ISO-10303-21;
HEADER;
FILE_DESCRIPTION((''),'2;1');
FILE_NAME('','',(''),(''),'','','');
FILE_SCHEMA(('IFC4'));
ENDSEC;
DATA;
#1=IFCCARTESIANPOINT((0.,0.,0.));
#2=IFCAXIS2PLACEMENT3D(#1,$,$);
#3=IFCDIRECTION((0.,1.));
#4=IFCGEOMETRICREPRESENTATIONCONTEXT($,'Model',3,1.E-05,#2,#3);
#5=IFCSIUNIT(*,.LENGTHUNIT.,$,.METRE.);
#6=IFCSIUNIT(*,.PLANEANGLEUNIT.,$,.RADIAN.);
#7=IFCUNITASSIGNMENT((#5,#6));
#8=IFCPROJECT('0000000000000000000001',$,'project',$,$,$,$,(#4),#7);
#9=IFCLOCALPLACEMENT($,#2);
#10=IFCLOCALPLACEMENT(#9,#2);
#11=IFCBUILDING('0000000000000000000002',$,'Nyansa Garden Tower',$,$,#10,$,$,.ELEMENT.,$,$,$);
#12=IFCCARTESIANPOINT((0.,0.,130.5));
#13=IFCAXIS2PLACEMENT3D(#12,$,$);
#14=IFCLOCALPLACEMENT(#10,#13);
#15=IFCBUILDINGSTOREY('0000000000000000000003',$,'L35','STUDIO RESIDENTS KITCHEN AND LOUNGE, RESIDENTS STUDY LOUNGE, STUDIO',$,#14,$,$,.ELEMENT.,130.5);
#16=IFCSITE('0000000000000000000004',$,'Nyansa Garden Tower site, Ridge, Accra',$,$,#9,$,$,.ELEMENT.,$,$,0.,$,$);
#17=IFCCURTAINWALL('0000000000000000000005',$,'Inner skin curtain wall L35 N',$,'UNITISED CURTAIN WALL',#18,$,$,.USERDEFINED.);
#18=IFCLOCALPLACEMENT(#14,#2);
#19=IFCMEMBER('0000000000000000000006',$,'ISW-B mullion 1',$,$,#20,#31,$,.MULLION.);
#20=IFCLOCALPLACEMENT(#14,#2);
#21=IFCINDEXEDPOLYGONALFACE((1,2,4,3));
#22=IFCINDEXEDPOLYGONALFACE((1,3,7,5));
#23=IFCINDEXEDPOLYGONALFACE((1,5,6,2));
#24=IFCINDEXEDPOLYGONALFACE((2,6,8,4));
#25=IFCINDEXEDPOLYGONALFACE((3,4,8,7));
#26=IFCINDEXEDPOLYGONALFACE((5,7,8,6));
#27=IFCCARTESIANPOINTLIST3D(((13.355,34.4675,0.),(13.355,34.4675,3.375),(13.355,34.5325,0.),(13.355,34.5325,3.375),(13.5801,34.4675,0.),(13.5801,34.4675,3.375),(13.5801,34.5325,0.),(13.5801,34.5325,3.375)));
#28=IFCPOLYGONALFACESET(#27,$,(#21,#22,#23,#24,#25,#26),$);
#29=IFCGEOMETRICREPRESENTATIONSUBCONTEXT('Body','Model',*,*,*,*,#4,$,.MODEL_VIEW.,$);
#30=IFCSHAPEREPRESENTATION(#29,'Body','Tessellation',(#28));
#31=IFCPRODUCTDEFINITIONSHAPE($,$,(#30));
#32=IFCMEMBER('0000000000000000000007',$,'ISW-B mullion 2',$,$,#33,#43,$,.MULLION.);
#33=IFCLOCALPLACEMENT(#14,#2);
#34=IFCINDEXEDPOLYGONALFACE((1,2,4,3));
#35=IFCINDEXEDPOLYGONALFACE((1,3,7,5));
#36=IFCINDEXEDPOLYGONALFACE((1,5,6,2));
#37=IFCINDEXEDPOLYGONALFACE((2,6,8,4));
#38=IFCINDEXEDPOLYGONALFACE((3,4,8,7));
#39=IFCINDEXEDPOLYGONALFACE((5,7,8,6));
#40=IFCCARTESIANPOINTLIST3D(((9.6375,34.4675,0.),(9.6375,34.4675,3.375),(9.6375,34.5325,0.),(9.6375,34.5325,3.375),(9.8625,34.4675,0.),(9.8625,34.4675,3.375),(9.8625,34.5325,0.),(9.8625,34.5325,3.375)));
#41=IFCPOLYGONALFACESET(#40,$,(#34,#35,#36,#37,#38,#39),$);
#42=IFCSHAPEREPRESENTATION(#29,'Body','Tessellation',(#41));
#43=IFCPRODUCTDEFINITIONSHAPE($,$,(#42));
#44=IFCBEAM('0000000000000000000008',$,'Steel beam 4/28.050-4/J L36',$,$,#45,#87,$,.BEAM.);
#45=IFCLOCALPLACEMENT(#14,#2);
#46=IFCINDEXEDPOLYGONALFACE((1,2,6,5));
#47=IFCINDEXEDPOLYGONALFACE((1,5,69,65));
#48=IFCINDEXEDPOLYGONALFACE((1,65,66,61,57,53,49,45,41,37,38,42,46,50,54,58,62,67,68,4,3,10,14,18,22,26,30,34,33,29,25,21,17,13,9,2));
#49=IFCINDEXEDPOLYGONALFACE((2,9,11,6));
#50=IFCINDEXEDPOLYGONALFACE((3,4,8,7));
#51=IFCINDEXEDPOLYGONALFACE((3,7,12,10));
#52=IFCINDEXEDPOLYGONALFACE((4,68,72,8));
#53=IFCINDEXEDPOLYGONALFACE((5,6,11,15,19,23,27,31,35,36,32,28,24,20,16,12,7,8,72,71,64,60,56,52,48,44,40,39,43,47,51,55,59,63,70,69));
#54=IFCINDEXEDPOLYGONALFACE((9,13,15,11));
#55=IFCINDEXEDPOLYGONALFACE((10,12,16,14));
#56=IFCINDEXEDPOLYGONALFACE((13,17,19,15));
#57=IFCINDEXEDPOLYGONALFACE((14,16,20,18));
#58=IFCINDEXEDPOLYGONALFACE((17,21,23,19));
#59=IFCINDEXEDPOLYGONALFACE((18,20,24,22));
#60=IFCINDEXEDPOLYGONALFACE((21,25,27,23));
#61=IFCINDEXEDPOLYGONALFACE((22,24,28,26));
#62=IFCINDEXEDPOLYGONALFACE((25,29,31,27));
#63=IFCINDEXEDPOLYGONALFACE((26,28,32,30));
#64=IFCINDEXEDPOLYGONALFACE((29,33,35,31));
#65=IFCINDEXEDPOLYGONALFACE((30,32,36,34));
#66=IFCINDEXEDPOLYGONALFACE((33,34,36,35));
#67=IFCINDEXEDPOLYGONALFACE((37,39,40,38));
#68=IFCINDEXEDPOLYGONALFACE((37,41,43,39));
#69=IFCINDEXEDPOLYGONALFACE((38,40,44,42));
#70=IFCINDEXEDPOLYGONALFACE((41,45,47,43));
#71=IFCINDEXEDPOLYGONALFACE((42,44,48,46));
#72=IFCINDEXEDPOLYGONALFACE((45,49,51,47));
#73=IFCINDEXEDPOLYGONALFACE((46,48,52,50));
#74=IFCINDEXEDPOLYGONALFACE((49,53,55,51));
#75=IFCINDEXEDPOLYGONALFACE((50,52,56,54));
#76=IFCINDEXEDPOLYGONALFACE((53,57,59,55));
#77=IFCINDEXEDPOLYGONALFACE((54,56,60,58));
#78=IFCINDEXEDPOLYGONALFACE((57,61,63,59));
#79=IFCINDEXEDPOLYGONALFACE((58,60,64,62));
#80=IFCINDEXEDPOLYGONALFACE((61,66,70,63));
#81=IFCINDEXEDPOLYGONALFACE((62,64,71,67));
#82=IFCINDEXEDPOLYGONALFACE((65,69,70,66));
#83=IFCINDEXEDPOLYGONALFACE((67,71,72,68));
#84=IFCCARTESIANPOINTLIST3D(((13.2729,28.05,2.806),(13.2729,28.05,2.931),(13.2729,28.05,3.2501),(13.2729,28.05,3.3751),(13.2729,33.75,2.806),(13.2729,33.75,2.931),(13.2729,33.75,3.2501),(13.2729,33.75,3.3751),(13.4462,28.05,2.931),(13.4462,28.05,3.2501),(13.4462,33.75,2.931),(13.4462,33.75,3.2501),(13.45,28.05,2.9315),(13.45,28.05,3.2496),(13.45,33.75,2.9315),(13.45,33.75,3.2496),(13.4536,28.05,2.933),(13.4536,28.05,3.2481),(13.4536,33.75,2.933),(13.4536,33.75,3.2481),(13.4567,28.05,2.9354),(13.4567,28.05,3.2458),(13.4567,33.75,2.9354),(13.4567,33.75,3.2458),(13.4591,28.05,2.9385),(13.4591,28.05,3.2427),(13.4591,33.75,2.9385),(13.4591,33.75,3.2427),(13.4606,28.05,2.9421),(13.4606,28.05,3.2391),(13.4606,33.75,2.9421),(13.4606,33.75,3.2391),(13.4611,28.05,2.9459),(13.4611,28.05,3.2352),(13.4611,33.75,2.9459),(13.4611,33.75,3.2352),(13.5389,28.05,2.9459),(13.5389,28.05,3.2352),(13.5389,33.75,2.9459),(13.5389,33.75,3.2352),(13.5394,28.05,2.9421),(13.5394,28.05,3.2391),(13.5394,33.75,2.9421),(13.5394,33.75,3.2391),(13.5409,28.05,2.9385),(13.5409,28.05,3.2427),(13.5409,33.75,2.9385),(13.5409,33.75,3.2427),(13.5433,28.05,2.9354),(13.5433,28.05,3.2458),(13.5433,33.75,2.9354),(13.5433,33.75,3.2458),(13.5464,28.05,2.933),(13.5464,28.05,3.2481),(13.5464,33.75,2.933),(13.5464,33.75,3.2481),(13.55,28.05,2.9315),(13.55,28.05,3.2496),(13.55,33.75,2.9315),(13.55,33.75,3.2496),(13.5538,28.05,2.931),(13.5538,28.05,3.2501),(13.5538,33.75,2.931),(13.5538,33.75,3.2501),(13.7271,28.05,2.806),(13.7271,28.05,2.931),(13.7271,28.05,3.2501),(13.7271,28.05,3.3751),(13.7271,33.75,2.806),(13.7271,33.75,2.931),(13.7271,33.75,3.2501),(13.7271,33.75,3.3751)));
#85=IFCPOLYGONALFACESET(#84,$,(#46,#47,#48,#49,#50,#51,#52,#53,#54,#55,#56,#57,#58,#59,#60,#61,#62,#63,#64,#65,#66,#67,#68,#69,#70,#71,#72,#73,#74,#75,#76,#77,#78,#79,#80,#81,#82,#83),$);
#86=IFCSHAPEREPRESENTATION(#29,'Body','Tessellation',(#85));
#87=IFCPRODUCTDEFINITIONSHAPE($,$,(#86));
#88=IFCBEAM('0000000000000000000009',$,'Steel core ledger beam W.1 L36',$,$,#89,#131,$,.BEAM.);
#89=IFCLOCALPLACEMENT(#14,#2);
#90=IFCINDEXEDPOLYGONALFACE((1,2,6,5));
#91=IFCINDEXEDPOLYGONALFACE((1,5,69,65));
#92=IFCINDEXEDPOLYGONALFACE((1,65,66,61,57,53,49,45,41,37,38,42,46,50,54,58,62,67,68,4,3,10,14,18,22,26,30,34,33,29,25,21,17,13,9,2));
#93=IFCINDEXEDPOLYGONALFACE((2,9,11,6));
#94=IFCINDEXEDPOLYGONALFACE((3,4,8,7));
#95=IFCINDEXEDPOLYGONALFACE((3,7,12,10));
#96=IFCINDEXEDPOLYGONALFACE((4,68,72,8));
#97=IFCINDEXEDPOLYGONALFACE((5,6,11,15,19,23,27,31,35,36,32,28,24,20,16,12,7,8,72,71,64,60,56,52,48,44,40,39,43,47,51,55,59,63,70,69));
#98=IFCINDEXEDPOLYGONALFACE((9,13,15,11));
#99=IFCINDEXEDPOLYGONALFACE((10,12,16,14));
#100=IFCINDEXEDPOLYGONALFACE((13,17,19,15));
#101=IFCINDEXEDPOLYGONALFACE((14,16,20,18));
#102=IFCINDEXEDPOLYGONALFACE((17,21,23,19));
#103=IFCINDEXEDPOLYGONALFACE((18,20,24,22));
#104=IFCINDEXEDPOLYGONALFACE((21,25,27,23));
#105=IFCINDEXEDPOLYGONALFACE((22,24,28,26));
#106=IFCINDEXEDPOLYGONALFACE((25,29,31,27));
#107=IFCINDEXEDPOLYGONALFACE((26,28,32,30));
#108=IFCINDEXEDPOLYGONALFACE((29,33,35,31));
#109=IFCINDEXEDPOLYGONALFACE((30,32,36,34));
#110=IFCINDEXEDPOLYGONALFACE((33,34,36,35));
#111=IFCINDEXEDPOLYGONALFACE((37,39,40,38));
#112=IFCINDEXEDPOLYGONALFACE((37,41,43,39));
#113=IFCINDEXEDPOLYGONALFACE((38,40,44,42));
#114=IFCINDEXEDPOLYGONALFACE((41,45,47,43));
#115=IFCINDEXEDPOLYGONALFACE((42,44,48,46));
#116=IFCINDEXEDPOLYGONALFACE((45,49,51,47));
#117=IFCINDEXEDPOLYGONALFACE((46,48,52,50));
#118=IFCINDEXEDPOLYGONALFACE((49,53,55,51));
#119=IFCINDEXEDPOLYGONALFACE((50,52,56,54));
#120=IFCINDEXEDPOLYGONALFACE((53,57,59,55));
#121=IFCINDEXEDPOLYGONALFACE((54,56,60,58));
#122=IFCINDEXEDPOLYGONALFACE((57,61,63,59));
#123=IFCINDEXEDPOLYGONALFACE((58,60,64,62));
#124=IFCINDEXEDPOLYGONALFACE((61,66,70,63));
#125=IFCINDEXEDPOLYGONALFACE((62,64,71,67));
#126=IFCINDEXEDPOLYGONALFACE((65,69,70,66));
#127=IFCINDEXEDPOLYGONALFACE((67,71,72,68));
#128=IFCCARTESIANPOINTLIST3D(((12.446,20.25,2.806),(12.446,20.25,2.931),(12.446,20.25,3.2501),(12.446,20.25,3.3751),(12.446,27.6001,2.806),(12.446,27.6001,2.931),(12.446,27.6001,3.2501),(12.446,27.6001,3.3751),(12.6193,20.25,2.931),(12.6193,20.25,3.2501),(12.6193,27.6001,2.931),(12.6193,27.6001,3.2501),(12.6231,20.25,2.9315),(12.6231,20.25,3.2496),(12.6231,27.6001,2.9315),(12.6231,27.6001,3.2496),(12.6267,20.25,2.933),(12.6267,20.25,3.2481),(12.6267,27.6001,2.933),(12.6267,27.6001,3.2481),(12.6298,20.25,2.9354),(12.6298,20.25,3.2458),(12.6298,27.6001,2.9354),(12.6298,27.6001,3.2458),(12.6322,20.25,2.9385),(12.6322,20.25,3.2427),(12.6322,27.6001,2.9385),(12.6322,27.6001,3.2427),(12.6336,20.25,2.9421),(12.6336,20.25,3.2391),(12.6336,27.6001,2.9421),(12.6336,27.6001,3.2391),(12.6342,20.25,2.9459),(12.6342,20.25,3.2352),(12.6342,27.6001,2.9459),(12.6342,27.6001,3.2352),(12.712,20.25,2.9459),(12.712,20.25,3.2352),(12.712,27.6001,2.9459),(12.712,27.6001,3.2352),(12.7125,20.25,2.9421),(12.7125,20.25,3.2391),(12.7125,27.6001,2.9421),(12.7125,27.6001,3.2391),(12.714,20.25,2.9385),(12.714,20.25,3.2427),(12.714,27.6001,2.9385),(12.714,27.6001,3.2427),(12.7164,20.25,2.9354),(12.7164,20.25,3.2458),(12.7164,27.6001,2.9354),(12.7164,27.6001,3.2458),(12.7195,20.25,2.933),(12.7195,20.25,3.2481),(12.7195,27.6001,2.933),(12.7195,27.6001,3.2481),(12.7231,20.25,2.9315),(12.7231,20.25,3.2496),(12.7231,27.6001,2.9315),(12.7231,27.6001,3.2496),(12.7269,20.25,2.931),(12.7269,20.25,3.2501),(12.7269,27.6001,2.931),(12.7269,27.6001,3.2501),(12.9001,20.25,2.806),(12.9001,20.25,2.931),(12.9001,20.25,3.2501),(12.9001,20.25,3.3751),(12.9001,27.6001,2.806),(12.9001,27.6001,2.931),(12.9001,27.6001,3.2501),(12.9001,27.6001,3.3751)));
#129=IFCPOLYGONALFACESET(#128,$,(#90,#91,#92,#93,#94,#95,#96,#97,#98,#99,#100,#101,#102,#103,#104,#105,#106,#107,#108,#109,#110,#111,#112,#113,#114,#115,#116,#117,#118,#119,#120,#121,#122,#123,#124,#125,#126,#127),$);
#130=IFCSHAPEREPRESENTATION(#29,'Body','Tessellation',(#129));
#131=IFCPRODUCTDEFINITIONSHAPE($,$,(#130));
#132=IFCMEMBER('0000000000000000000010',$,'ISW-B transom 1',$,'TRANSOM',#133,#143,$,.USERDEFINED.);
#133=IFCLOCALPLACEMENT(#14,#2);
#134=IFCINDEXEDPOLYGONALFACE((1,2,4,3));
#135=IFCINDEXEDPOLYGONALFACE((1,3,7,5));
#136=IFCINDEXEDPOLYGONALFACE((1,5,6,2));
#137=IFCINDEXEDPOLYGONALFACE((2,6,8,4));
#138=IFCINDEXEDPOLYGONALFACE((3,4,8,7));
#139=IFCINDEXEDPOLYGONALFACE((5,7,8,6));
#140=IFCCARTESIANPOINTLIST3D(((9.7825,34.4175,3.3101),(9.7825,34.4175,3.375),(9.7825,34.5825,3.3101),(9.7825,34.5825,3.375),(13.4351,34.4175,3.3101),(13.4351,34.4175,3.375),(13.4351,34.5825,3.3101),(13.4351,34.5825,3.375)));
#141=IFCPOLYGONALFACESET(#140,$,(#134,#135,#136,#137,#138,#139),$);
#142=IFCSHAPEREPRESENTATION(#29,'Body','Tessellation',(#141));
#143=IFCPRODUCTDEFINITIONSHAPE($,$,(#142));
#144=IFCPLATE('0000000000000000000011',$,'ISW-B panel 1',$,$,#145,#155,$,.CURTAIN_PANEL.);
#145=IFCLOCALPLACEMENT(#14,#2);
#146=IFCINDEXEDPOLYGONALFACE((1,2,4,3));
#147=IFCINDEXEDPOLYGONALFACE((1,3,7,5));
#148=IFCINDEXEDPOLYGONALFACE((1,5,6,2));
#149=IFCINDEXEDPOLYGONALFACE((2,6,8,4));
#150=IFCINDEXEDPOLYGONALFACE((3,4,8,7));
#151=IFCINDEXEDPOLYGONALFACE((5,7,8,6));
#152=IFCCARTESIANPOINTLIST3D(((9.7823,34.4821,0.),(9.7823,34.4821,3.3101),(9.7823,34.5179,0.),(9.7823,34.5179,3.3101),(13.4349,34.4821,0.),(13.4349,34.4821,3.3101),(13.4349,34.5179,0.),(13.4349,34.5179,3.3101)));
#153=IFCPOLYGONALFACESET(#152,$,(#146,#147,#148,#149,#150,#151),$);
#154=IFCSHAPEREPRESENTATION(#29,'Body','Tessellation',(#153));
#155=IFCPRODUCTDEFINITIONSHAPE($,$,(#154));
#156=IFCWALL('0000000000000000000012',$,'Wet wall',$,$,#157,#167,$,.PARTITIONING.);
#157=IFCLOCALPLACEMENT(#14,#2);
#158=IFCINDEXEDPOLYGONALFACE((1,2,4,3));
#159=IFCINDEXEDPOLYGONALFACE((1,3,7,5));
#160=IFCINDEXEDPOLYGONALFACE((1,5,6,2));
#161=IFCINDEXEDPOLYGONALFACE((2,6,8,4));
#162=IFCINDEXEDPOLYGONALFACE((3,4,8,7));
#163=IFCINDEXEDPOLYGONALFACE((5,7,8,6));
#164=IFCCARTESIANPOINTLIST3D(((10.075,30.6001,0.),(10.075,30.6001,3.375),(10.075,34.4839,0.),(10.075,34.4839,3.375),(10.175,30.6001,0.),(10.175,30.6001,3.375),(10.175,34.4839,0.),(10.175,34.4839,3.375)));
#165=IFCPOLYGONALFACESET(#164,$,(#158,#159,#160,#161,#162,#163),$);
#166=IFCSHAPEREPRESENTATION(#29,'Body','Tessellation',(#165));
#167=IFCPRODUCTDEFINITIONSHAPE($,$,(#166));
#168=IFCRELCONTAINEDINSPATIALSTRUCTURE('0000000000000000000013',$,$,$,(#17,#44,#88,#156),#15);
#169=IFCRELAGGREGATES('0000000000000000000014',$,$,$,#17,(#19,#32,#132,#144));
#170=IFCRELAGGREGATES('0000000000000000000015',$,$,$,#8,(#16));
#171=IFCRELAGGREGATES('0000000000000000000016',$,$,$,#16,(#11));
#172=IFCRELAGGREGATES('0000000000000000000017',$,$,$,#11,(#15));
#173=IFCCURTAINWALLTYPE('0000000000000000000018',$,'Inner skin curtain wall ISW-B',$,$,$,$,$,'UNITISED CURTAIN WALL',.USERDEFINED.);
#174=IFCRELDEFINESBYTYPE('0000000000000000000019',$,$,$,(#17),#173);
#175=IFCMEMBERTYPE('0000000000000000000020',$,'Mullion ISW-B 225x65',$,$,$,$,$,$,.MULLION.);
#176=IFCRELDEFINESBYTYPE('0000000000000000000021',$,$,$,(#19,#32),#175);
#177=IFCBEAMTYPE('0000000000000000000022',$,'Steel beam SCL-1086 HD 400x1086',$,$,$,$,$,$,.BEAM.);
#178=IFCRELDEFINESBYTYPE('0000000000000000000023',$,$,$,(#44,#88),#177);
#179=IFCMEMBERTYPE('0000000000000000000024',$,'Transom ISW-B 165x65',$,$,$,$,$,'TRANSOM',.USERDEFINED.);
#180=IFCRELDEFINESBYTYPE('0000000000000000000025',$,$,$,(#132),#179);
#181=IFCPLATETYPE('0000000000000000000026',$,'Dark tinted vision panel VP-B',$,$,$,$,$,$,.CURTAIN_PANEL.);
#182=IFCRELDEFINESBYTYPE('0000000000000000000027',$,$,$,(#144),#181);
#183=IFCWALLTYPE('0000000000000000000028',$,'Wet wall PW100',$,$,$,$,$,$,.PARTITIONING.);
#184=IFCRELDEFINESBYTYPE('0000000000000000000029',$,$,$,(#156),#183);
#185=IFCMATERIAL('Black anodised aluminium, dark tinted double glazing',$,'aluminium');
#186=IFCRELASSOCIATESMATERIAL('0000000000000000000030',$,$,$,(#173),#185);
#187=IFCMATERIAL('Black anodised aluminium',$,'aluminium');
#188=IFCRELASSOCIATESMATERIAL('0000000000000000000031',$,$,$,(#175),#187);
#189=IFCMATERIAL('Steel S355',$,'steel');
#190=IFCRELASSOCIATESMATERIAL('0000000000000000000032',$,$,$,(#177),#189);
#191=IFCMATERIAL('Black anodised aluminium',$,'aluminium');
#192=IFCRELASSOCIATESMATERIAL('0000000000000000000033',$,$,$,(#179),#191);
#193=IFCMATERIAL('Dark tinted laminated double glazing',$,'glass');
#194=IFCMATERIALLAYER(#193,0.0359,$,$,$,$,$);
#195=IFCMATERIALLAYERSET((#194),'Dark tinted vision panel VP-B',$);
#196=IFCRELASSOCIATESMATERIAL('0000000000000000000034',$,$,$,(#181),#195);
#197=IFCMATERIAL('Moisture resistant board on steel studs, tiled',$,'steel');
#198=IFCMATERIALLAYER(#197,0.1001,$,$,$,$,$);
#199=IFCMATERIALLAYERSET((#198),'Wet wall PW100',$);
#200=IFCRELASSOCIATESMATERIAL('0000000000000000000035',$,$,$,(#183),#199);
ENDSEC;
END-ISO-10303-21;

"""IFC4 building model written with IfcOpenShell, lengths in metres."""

from ifc_helpers import new_model, si_unit, direction, frame, frame_2d, origin, origin_2d, place, context, subcontext, project, spatial, rectangle, i_section, extrude, material, layer, layer_set, material_profile, profile_set, type_object, element, aggregate, save


model = new_model("IFC4")

# Units and contexts
model_context = context("Model", 3, precision=1e-05, world=origin(), true_north=direction((0.0, 1.0)))
body_context = subcontext(model_context, "Body", "Model", "MODEL_VIEW")
ifc_project = project(units=[si_unit("LENGTHUNIT", "METRE"), si_unit("PLANEANGLEUNIT", "RADIAN")], contexts=[model_context])

# Site, building, storey
site_placement = place(None, origin())
site = spatial("IfcSite", under=ifc_project, at=site_placement, Name="Nyansa Garden Tower site, Ridge, Accra", CompositionType="ELEMENT", RefElevation=0.0)
building_placement = place(site_placement, origin())
building = spatial("IfcBuilding", under=site, at=building_placement, Name="Nyansa Garden Tower", CompositionType="ELEMENT")
storey_placement = place(building_placement, frame((0.0, 0.0, 130.5)))
storey = spatial("IfcBuildingStorey", under=building, at=storey_placement, Name="L35", Description="STUDIO RESIDENTS KITCHEN AND LOUNGE, RESIDENTS STUDY LOUNGE, STUDIO", CompositionType="ELEMENT", Elevation=130.5)

# Curtain wall, members
ifc_material_1 = material(Name="Black anodised aluminium, dark tinted double glazing", Category="aluminium")
curtain_wall_type = type_object("IfcCurtainWallType", Name="Inner skin curtain wall ISW-B", ElementType="UNITISED CURTAIN WALL", PredefinedType="USERDEFINED", material=ifc_material_1)
curtain_wall_placement = place(storey_placement, origin())
curtain_wall = element("IfcCurtainWall", 1, at=curtain_wall_placement, inside=storey, type_object=curtain_wall_type, Name="Inner skin curtain wall L35 N", ObjectType="UNITISED CURTAIN WALL", PredefinedType="USERDEFINED")
ifc_material_2 = material(Name="Black anodised aluminium", Category="aluminium")
ifc_material_profile_1 = material_profile(ifc_material_2, rectangle(XDim=0.0649, YDim=0.2251, at=origin_2d()), Name="Mullion 225x65")
ifc_profile_set_1 = profile_set([ifc_material_profile_1], Name="Black anodised aluminium")
member_type_1 = type_object("IfcMemberType", Name="Mullion ISW-B 225x65", PredefinedType="MULLION", material=ifc_profile_set_1)
member_1_placement = place(storey_placement, frame((13.4675, 34.5, 0.0), z_axis=(0.0, 0.0, 1.0), x_axis=(0.0, -1.0, 0.0)))
member_1 = element("IfcMember", 2, at=member_1_placement, type_object=member_type_1, Name="ISW-B mullion 1", PredefinedType="MULLION", context=body_context, shape_type="SweptSolid", body=[
    extrude(rectangle(XDim=0.0649, YDim=0.2251, at=origin_2d()), origin(), (0.0, 0.0, 1.0), 3.375),
])
member_2_placement = place(storey_placement, frame((9.75, 34.5, 0.0), z_axis=(0.0, 0.0, 1.0), x_axis=(0.0, -1.0, 0.0)))
member_2 = element("IfcMember", 3, at=member_2_placement, type_object=member_type_1, Name="ISW-B mullion 2", PredefinedType="MULLION", context=body_context, shape_type="SweptSolid", body=[
    extrude(rectangle(XDim=0.0649, YDim=0.2251, at=origin_2d()), origin(), (0.0, 0.0, 1.0), 3.375),
])

# Beams
ifc_material_3 = material(Name="Steel S355", Category="steel")
ifc_material_profile_2 = material_profile(ifc_material_3, i_section(OverallWidth=0.4541, OverallDepth=0.5691, WebThickness=0.0779, FlangeThickness=0.125, FilletRadius=0.0149, at=origin_2d()), Name="HD 400x1086")
ifc_profile_set_2 = profile_set([ifc_material_profile_2], Name="Steel S355")
beam_type = type_object("IfcBeamType", Name="Steel beam SCL-1086 HD 400x1086", PredefinedType="BEAM", material=ifc_profile_set_2)
beam_1_placement = place(storey_placement, frame((13.5, 28.05, 3.0906), z_axis=(0.0, 1.0, 0.0), x_axis=(-1.0, 0.0, 0.0)))
element("IfcBeam", 4, at=beam_1_placement, inside=storey, type_object=beam_type, Name="Steel beam 4/28.050-4/J L36", PredefinedType="BEAM", context=body_context, shape_type="SweptSolid", body=[
    extrude(i_section(OverallWidth=0.4541, OverallDepth=0.5691, WebThickness=0.0779, FlangeThickness=0.125, FilletRadius=0.0149, at=origin_2d()), origin(), (0.0, 0.0, 1.0), 5.7),
])
beam_2_placement = place(storey_placement, frame((12.6731, 27.6001, 3.0906), z_axis=(0.0, -1.0, 0.0), x_axis=(1.0, 0.0, 0.0)))
element("IfcBeam", 5, at=beam_2_placement, inside=storey, type_object=beam_type, Name="Steel core ledger beam W.1 L36", PredefinedType="BEAM", context=body_context, shape_type="SweptSolid", body=[
    extrude(i_section(OverallWidth=0.4541, OverallDepth=0.5691, WebThickness=0.0779, FlangeThickness=0.125, FilletRadius=0.0149, at=origin_2d()), origin(), (0.0, 0.0, 1.0), 7.3501),
])

# Member
ifc_material_4 = material(Name="Black anodised aluminium", Category="aluminium")
ifc_material_profile_3 = material_profile(ifc_material_4, rectangle(XDim=0.165, YDim=0.0649, at=origin_2d()), Name="Transom 165x65")
ifc_profile_set_3 = profile_set([ifc_material_profile_3], Name="Black anodised aluminium")
member_type_2 = type_object("IfcMemberType", Name="Transom ISW-B 165x65", ElementType="TRANSOM", PredefinedType="USERDEFINED", material=ifc_profile_set_3)
member_3_placement = place(storey_placement, frame((13.4351, 34.5, 3.3425), z_axis=(-1.0, 0.0, 0.0), x_axis=(0.0, -1.0, 0.0)))
member_3 = element("IfcMember", 6, at=member_3_placement, type_object=member_type_2, Name="ISW-B transom 1", ObjectType="TRANSOM", PredefinedType="USERDEFINED", context=body_context, shape_type="SweptSolid", body=[
    extrude(rectangle(XDim=0.165, YDim=0.0649, at=origin_2d()), origin(), (0.0, 0.0, 1.0), 3.6526),
])

# Plate
ifc_material_5 = material(Name="Dark tinted laminated double glazing", Category="glass")
ifc_layer_1 = layer(ifc_material_5, 0.0359)
ifc_layer_set_1 = layer_set([ifc_layer_1], Name="Dark tinted vision panel VP-B")
plate_type = type_object("IfcPlateType", Name="Dark tinted vision panel VP-B", PredefinedType="CURTAIN_PANEL", material=ifc_layer_set_1)
plate_placement = place(storey_placement, frame((11.6086, 34.5, 0.0), z_axis=(0.0, 0.0, 1.0), x_axis=(-1.0, 0.0, 0.0)))
plate = element("IfcPlate", 7, at=plate_placement, type_object=plate_type, Name="ISW-B panel 1", PredefinedType="CURTAIN_PANEL", context=body_context, shape_type="SweptSolid", body=[
    extrude(rectangle(XDim=3.6526, YDim=0.0359, at=origin_2d()), origin(), (0.0, 0.0, 1.0), 3.3101),
])
aggregate(curtain_wall, [member_1, member_2, member_3, plate])

# Wall
ifc_material_6 = material(Name="Moisture resistant board on steel studs, tiled", Category="steel")
ifc_layer_2 = layer(ifc_material_6, 0.1001)
ifc_layer_set_2 = layer_set([ifc_layer_2], Name="Wet wall PW100")
wall_type = type_object("IfcWallType", Name="Wet wall PW100", PredefinedType="PARTITIONING", material=ifc_layer_set_2)
wall_1_placement = place(storey_placement, frame((10.125, 30.6001, 0.0), z_axis=(0.0, 0.0, 1.0), x_axis=(0.0, 1.0, 0.0)))
element("IfcWall", 8, at=wall_1_placement, inside=storey, type_object=wall_type, Name="Wet wall", PredefinedType="PARTITIONING", context=body_context, shape_type="SweptSolid", body=[
    extrude(rectangle(XDim=3.8838, YDim=0.1001, at=frame_2d((1.9419, 0.0))), origin(), (0.0, 0.0, 1.0), 3.375),
])

save(model, "model.ifc")
